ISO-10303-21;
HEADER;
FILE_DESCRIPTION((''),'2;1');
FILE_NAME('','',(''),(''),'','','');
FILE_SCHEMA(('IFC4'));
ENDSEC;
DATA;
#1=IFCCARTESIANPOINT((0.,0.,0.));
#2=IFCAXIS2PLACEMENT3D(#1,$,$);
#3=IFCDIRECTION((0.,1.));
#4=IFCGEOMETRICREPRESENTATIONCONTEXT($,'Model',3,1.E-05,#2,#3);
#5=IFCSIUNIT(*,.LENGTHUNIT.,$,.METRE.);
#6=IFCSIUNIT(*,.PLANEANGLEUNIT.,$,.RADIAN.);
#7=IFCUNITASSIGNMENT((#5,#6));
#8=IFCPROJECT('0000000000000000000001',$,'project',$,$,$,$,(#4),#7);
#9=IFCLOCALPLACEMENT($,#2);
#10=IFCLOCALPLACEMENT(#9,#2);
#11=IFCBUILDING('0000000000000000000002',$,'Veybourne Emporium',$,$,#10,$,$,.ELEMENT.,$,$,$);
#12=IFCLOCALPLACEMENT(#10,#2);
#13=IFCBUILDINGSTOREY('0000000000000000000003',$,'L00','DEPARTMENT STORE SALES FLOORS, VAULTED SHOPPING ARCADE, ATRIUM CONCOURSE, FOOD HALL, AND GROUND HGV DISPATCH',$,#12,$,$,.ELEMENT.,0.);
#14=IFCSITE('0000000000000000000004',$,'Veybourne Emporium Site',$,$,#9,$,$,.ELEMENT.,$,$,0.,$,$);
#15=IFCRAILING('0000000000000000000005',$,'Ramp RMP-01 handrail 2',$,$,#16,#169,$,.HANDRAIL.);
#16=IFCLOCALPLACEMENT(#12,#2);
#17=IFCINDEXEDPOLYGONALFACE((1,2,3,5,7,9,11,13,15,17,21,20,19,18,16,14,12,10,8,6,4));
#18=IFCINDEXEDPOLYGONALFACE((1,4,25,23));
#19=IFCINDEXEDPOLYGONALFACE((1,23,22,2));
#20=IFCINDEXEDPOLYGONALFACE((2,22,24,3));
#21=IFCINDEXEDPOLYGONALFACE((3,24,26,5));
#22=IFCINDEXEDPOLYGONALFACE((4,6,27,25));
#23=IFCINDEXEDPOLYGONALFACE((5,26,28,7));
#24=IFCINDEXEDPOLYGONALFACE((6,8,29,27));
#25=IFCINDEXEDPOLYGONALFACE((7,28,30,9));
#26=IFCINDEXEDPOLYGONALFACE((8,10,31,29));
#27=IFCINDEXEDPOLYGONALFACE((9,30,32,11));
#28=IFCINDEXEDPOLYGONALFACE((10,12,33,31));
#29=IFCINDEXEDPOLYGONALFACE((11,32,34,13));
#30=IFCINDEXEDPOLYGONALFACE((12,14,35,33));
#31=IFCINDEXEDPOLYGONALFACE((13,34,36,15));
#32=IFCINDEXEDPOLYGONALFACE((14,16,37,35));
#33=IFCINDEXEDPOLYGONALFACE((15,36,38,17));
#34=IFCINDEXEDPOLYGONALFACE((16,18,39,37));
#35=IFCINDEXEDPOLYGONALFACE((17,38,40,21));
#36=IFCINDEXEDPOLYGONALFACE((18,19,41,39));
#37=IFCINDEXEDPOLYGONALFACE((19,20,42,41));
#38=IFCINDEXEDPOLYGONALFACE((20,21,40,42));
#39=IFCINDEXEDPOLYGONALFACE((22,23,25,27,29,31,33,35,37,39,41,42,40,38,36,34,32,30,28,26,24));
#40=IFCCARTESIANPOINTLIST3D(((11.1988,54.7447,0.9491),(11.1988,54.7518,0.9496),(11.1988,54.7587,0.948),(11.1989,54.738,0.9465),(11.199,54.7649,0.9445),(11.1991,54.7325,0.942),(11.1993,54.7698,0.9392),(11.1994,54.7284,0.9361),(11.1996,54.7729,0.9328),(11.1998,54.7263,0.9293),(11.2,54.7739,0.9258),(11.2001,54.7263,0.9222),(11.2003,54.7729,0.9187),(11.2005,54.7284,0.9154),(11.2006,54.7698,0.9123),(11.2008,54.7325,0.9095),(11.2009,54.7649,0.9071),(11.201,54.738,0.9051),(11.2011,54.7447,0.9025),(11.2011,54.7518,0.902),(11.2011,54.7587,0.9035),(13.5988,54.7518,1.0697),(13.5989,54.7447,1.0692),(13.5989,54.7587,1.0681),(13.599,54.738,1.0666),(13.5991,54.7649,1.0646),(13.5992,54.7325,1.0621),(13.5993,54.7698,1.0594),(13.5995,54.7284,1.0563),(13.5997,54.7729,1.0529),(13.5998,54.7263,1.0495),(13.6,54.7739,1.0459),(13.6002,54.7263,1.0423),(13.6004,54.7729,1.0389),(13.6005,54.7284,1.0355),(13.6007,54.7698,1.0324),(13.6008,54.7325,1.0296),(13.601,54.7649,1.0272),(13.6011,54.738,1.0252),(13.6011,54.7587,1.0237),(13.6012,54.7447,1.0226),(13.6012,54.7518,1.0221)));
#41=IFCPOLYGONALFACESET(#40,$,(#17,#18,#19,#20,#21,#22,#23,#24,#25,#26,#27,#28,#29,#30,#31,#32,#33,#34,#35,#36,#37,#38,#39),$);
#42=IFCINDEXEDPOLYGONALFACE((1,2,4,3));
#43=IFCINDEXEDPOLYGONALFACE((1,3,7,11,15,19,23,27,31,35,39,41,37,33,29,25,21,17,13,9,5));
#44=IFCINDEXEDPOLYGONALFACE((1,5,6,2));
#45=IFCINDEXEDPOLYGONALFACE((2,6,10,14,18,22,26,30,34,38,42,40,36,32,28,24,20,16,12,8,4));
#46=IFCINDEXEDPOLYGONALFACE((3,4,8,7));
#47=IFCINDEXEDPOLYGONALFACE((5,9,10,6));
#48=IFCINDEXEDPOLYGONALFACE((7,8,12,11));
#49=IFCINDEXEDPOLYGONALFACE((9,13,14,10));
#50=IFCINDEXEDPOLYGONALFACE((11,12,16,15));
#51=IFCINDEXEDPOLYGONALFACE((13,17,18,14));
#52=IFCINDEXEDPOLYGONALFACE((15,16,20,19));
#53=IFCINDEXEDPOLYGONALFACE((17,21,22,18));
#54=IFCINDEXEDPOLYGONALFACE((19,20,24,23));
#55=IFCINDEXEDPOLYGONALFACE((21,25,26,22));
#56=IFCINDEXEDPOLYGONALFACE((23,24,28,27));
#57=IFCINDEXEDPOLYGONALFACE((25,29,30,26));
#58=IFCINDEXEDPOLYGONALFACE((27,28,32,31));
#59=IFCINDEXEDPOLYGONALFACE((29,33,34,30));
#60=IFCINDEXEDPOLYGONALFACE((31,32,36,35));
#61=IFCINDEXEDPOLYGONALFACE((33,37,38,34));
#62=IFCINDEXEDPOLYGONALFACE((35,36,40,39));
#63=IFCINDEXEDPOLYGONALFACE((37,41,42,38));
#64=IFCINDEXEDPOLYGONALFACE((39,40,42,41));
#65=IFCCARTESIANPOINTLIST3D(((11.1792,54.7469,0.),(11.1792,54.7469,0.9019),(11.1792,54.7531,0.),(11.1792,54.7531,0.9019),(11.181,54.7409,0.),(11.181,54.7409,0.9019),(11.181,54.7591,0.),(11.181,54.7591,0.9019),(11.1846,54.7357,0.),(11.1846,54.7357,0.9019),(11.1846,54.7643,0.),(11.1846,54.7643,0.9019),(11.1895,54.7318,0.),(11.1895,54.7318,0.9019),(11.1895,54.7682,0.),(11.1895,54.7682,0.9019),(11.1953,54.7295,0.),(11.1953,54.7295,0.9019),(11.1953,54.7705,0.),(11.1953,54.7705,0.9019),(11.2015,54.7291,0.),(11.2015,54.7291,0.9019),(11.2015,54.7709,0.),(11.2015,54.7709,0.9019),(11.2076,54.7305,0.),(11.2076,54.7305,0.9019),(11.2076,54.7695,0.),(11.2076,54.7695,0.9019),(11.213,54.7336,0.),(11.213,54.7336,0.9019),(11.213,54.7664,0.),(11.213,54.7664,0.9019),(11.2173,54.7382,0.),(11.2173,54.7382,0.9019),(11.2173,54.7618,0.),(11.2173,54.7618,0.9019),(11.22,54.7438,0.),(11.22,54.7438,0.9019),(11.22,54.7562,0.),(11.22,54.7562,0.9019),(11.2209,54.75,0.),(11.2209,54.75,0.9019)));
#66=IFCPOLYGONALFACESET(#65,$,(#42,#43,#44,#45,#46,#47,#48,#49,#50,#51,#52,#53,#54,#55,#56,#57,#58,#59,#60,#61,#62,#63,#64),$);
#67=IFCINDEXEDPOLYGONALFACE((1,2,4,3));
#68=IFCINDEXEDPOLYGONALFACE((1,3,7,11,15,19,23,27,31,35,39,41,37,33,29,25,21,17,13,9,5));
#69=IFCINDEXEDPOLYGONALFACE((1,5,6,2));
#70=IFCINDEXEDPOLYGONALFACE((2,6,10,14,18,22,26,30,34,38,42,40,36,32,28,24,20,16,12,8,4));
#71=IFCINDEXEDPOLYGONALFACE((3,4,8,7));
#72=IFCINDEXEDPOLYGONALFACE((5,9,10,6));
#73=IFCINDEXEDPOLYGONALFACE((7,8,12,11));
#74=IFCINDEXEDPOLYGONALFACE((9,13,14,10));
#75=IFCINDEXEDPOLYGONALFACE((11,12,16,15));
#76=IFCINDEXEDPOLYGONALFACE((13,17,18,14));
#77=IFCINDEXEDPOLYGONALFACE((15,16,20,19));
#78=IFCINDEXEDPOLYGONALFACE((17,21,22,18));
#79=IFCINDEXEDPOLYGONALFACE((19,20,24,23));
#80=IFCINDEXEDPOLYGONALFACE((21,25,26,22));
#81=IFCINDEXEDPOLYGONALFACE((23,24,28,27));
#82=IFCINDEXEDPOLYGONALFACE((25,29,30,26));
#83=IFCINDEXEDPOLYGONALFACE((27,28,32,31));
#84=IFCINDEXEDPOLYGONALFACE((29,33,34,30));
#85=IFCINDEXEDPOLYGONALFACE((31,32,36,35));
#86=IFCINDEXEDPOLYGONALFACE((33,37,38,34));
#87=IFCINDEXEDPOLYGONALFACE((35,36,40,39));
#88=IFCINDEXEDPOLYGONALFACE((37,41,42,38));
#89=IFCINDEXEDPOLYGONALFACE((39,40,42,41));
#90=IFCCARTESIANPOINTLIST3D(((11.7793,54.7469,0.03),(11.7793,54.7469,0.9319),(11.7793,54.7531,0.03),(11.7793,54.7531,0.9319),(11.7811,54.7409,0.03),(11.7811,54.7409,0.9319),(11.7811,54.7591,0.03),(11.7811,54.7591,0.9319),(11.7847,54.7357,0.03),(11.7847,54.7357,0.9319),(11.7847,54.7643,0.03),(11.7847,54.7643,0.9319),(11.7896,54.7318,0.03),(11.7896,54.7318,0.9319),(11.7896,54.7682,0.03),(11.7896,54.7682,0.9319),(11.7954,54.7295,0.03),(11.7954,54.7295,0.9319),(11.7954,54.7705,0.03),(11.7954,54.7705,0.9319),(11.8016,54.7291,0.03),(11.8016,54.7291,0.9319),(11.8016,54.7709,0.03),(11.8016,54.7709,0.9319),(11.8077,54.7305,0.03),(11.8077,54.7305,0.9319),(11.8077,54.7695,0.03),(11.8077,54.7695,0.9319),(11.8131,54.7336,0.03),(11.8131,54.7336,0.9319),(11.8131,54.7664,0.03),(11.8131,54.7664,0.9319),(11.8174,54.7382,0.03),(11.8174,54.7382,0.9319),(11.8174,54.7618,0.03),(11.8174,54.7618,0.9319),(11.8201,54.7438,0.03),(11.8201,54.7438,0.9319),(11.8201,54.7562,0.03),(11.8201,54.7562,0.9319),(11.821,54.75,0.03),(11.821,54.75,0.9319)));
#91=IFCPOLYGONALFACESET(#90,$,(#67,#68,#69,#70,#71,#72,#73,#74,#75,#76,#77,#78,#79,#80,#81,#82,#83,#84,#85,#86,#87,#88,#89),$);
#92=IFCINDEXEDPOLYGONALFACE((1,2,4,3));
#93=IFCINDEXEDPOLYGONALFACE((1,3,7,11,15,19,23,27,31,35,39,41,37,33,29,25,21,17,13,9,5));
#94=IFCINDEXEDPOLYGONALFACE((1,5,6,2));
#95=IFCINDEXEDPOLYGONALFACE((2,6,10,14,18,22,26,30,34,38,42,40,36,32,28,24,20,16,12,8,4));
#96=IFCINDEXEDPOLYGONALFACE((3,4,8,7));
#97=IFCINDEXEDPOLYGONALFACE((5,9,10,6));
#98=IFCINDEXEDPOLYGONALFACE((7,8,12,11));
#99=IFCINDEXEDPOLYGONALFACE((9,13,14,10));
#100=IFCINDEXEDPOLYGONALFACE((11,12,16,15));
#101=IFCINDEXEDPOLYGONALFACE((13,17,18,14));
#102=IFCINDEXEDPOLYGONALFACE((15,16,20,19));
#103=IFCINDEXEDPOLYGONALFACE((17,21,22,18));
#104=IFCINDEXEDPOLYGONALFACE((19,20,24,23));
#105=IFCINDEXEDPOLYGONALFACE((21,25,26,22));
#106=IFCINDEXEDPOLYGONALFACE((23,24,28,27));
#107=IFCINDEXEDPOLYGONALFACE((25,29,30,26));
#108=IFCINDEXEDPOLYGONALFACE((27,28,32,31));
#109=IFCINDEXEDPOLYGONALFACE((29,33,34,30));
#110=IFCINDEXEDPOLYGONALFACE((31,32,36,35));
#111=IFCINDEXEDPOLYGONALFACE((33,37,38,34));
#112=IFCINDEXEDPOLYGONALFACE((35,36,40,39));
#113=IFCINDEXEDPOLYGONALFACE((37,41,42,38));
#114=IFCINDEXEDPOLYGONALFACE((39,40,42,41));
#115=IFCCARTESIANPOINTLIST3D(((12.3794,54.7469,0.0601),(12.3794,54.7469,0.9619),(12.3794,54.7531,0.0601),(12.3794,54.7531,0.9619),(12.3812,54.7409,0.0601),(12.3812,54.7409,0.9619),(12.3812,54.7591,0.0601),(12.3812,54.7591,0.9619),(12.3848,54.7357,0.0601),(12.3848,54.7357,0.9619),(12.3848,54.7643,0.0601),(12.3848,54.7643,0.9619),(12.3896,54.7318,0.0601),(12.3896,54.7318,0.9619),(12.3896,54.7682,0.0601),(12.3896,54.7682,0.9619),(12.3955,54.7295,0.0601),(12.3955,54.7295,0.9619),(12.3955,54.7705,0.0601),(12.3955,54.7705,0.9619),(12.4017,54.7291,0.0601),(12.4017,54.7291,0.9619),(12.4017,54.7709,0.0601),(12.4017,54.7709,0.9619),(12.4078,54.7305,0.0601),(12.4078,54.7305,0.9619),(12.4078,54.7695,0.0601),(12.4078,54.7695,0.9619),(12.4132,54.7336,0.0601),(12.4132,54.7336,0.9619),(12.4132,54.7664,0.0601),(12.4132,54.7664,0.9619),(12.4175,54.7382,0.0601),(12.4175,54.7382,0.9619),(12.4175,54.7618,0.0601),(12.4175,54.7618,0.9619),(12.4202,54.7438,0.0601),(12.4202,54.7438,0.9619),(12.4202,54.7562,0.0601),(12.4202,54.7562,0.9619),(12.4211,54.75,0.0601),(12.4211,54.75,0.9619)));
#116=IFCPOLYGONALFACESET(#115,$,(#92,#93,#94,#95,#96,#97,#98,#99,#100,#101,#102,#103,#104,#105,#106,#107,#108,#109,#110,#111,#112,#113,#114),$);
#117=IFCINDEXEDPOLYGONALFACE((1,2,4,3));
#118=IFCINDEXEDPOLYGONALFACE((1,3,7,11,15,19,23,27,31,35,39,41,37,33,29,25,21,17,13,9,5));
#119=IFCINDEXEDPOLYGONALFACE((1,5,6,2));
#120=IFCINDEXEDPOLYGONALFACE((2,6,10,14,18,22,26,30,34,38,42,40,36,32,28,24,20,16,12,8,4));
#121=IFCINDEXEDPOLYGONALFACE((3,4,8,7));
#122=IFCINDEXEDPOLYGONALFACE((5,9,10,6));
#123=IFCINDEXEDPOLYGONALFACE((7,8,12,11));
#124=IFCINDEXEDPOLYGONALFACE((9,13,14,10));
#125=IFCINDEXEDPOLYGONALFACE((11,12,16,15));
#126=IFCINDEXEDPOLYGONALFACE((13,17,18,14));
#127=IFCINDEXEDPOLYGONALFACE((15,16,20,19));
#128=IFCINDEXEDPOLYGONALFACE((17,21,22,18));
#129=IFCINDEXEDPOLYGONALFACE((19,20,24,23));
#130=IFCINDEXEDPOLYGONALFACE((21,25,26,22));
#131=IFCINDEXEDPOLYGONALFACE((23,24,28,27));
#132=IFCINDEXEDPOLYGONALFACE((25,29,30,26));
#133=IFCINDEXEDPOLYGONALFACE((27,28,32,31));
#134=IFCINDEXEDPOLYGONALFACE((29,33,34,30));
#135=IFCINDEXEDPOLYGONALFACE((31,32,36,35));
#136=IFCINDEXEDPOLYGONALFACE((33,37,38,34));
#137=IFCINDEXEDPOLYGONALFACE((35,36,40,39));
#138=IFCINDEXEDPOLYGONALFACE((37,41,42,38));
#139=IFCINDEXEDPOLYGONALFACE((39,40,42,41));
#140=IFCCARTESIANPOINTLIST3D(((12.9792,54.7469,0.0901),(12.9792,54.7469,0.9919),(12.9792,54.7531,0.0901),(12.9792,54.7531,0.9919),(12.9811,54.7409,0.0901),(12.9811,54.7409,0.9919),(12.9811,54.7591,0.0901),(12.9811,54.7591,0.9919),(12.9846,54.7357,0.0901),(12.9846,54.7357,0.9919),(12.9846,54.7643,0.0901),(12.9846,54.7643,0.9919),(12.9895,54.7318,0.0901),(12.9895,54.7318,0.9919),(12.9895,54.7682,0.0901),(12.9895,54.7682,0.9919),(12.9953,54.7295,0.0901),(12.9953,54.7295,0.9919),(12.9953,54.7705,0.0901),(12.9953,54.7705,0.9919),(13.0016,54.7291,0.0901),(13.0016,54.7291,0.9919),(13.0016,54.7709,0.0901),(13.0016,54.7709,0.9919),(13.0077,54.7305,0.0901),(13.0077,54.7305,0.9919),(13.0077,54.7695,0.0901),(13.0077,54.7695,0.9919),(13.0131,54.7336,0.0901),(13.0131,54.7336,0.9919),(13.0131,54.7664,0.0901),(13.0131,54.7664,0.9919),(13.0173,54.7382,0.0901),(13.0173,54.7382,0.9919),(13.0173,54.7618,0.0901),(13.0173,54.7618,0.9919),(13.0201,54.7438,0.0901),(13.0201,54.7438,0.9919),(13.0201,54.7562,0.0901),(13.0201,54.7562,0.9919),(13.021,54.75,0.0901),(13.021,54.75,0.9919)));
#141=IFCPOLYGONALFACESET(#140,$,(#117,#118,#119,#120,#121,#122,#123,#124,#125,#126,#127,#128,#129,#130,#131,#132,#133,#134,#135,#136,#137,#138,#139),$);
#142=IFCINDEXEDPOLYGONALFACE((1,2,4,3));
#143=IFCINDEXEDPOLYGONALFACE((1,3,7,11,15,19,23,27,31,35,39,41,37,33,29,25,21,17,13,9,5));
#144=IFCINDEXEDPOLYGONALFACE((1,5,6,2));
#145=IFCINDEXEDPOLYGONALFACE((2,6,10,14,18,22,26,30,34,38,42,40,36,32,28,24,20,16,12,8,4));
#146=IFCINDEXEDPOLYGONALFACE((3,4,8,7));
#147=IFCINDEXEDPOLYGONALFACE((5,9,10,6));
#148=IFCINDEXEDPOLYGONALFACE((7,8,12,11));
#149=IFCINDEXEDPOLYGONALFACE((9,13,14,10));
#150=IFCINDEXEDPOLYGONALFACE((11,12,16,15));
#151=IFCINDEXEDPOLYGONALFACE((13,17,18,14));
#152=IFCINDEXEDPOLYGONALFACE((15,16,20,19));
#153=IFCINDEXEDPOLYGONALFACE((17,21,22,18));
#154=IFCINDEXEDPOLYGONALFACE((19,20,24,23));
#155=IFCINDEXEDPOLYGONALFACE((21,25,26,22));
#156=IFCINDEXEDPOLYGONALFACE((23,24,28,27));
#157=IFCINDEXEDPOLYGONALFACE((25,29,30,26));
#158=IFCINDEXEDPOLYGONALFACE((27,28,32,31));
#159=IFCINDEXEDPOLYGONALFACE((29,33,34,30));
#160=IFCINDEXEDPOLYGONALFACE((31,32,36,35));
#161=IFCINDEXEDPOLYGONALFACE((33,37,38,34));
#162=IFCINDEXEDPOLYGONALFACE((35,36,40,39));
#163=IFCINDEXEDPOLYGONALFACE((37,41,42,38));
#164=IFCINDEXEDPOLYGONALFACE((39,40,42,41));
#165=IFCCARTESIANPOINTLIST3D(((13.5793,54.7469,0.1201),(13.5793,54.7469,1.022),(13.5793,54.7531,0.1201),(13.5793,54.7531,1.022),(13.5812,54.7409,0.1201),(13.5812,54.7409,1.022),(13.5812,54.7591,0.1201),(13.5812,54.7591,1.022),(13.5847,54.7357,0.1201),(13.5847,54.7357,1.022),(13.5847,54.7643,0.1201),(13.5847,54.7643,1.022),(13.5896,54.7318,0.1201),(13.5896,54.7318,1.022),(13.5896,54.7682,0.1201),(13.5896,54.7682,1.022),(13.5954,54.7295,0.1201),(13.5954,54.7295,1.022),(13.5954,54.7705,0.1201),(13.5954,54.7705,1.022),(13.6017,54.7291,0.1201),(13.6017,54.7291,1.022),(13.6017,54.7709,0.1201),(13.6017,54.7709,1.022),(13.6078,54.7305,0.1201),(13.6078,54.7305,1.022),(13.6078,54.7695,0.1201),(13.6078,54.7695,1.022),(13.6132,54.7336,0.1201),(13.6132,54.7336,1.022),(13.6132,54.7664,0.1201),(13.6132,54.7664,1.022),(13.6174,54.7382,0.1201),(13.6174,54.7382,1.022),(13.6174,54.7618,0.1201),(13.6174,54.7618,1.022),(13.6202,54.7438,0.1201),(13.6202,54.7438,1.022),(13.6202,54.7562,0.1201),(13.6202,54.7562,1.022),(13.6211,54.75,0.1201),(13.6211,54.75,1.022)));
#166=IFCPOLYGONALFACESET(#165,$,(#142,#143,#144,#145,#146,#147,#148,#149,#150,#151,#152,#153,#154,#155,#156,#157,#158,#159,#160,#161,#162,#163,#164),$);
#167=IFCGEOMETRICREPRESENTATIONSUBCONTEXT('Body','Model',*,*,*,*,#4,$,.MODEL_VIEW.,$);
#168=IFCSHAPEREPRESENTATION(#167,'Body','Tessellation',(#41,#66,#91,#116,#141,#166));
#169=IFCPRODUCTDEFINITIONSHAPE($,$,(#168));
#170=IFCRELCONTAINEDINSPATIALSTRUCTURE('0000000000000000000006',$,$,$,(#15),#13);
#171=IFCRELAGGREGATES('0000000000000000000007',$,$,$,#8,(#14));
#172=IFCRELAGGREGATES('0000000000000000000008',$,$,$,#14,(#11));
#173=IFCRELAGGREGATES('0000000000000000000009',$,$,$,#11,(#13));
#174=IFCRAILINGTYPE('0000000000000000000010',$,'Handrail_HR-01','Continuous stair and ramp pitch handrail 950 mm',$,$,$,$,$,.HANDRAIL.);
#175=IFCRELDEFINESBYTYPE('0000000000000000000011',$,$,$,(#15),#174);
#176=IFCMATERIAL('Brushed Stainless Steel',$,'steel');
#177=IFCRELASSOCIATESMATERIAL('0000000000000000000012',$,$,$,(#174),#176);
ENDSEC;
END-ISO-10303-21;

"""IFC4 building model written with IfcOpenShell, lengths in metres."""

from ifc_helpers import new_model, si_unit, direction, frame, origin, origin_2d, place, context, subcontext, project, spatial, circle, extrude, material, type_object, element, save


model = new_model("IFC4")

# Units and contexts
model_context = context("Model", 3, precision=1e-05, world=origin(), true_north=direction((0.0, 1.0)))
body_context = subcontext(model_context, "Body", "Model", "MODEL_VIEW")
ifc_project = project(units=[si_unit("LENGTHUNIT", "METRE"), si_unit("PLANEANGLEUNIT", "RADIAN")], contexts=[model_context])

# Site, building, storey
site_placement = place(None, origin())
site = spatial("IfcSite", under=ifc_project, at=site_placement, Name="Veybourne Emporium Site", CompositionType="ELEMENT", RefElevation=0.0)
building_placement = place(site_placement, origin())
building = spatial("IfcBuilding", under=site, at=building_placement, Name="Veybourne Emporium", CompositionType="ELEMENT")
storey_placement = place(building_placement, origin())
storey = spatial("IfcBuildingStorey", under=building, at=storey_placement, Name="L00", Description="DEPARTMENT STORE SALES FLOORS, VAULTED SHOPPING ARCADE, ATRIUM CONCOURSE, FOOD HALL, AND GROUND HGV DISPATCH", CompositionType="ELEMENT", Elevation=0.0)

# Railing
ifc_material_1 = material(Name="Brushed Stainless Steel", Category="steel")
railing_type = type_object("IfcRailingType", Name="Handrail_HR-01", Description="Continuous stair and ramp pitch handrail 950 mm", PredefinedType="HANDRAIL", material=ifc_material_1)
for number, where, name in (
    (1, (11.2, 54.75, 0.0), "Ramp RMP-01 handrail 2"),
):
    element("IfcRailing", number, at=place(storey_placement, frame(where)), inside=storey, type_object=railing_type, Name=name, PredefinedType="HANDRAIL", context=body_context, shape_type="SweptSolid", body=[
        extrude(circle(Radius=0.0239, at=origin_2d()), frame((0.0, 0.0, 0.9258), z_axis=(0.99875, 0.0, 0.049983), x_axis=(0.0, 1.0, 0.0)), (0.0, 0.0, 1.0), 2.4031),
        extrude(circle(Radius=0.021, at=origin_2d()), origin(), (0.0, 0.0, 1.0), 0.9019),
        extrude(circle(Radius=0.021, at=origin_2d()), frame((0.6001, 0.0, 0.03)), (0.0, 0.0, 1.0), 0.9019),
        extrude(circle(Radius=0.021, at=origin_2d()), frame((1.2002, 0.0, 0.0601)), (0.0, 0.0, 1.0), 0.9019),
        extrude(circle(Radius=0.021, at=origin_2d()), frame((1.8, 0.0, 0.0901)), (0.0, 0.0, 1.0), 0.9019),
        extrude(circle(Radius=0.021, at=origin_2d()), frame((2.4001, 0.0, 0.1201)), (0.0, 0.0, 1.0), 0.9019),
    ])

save(model, "model.ifc")
